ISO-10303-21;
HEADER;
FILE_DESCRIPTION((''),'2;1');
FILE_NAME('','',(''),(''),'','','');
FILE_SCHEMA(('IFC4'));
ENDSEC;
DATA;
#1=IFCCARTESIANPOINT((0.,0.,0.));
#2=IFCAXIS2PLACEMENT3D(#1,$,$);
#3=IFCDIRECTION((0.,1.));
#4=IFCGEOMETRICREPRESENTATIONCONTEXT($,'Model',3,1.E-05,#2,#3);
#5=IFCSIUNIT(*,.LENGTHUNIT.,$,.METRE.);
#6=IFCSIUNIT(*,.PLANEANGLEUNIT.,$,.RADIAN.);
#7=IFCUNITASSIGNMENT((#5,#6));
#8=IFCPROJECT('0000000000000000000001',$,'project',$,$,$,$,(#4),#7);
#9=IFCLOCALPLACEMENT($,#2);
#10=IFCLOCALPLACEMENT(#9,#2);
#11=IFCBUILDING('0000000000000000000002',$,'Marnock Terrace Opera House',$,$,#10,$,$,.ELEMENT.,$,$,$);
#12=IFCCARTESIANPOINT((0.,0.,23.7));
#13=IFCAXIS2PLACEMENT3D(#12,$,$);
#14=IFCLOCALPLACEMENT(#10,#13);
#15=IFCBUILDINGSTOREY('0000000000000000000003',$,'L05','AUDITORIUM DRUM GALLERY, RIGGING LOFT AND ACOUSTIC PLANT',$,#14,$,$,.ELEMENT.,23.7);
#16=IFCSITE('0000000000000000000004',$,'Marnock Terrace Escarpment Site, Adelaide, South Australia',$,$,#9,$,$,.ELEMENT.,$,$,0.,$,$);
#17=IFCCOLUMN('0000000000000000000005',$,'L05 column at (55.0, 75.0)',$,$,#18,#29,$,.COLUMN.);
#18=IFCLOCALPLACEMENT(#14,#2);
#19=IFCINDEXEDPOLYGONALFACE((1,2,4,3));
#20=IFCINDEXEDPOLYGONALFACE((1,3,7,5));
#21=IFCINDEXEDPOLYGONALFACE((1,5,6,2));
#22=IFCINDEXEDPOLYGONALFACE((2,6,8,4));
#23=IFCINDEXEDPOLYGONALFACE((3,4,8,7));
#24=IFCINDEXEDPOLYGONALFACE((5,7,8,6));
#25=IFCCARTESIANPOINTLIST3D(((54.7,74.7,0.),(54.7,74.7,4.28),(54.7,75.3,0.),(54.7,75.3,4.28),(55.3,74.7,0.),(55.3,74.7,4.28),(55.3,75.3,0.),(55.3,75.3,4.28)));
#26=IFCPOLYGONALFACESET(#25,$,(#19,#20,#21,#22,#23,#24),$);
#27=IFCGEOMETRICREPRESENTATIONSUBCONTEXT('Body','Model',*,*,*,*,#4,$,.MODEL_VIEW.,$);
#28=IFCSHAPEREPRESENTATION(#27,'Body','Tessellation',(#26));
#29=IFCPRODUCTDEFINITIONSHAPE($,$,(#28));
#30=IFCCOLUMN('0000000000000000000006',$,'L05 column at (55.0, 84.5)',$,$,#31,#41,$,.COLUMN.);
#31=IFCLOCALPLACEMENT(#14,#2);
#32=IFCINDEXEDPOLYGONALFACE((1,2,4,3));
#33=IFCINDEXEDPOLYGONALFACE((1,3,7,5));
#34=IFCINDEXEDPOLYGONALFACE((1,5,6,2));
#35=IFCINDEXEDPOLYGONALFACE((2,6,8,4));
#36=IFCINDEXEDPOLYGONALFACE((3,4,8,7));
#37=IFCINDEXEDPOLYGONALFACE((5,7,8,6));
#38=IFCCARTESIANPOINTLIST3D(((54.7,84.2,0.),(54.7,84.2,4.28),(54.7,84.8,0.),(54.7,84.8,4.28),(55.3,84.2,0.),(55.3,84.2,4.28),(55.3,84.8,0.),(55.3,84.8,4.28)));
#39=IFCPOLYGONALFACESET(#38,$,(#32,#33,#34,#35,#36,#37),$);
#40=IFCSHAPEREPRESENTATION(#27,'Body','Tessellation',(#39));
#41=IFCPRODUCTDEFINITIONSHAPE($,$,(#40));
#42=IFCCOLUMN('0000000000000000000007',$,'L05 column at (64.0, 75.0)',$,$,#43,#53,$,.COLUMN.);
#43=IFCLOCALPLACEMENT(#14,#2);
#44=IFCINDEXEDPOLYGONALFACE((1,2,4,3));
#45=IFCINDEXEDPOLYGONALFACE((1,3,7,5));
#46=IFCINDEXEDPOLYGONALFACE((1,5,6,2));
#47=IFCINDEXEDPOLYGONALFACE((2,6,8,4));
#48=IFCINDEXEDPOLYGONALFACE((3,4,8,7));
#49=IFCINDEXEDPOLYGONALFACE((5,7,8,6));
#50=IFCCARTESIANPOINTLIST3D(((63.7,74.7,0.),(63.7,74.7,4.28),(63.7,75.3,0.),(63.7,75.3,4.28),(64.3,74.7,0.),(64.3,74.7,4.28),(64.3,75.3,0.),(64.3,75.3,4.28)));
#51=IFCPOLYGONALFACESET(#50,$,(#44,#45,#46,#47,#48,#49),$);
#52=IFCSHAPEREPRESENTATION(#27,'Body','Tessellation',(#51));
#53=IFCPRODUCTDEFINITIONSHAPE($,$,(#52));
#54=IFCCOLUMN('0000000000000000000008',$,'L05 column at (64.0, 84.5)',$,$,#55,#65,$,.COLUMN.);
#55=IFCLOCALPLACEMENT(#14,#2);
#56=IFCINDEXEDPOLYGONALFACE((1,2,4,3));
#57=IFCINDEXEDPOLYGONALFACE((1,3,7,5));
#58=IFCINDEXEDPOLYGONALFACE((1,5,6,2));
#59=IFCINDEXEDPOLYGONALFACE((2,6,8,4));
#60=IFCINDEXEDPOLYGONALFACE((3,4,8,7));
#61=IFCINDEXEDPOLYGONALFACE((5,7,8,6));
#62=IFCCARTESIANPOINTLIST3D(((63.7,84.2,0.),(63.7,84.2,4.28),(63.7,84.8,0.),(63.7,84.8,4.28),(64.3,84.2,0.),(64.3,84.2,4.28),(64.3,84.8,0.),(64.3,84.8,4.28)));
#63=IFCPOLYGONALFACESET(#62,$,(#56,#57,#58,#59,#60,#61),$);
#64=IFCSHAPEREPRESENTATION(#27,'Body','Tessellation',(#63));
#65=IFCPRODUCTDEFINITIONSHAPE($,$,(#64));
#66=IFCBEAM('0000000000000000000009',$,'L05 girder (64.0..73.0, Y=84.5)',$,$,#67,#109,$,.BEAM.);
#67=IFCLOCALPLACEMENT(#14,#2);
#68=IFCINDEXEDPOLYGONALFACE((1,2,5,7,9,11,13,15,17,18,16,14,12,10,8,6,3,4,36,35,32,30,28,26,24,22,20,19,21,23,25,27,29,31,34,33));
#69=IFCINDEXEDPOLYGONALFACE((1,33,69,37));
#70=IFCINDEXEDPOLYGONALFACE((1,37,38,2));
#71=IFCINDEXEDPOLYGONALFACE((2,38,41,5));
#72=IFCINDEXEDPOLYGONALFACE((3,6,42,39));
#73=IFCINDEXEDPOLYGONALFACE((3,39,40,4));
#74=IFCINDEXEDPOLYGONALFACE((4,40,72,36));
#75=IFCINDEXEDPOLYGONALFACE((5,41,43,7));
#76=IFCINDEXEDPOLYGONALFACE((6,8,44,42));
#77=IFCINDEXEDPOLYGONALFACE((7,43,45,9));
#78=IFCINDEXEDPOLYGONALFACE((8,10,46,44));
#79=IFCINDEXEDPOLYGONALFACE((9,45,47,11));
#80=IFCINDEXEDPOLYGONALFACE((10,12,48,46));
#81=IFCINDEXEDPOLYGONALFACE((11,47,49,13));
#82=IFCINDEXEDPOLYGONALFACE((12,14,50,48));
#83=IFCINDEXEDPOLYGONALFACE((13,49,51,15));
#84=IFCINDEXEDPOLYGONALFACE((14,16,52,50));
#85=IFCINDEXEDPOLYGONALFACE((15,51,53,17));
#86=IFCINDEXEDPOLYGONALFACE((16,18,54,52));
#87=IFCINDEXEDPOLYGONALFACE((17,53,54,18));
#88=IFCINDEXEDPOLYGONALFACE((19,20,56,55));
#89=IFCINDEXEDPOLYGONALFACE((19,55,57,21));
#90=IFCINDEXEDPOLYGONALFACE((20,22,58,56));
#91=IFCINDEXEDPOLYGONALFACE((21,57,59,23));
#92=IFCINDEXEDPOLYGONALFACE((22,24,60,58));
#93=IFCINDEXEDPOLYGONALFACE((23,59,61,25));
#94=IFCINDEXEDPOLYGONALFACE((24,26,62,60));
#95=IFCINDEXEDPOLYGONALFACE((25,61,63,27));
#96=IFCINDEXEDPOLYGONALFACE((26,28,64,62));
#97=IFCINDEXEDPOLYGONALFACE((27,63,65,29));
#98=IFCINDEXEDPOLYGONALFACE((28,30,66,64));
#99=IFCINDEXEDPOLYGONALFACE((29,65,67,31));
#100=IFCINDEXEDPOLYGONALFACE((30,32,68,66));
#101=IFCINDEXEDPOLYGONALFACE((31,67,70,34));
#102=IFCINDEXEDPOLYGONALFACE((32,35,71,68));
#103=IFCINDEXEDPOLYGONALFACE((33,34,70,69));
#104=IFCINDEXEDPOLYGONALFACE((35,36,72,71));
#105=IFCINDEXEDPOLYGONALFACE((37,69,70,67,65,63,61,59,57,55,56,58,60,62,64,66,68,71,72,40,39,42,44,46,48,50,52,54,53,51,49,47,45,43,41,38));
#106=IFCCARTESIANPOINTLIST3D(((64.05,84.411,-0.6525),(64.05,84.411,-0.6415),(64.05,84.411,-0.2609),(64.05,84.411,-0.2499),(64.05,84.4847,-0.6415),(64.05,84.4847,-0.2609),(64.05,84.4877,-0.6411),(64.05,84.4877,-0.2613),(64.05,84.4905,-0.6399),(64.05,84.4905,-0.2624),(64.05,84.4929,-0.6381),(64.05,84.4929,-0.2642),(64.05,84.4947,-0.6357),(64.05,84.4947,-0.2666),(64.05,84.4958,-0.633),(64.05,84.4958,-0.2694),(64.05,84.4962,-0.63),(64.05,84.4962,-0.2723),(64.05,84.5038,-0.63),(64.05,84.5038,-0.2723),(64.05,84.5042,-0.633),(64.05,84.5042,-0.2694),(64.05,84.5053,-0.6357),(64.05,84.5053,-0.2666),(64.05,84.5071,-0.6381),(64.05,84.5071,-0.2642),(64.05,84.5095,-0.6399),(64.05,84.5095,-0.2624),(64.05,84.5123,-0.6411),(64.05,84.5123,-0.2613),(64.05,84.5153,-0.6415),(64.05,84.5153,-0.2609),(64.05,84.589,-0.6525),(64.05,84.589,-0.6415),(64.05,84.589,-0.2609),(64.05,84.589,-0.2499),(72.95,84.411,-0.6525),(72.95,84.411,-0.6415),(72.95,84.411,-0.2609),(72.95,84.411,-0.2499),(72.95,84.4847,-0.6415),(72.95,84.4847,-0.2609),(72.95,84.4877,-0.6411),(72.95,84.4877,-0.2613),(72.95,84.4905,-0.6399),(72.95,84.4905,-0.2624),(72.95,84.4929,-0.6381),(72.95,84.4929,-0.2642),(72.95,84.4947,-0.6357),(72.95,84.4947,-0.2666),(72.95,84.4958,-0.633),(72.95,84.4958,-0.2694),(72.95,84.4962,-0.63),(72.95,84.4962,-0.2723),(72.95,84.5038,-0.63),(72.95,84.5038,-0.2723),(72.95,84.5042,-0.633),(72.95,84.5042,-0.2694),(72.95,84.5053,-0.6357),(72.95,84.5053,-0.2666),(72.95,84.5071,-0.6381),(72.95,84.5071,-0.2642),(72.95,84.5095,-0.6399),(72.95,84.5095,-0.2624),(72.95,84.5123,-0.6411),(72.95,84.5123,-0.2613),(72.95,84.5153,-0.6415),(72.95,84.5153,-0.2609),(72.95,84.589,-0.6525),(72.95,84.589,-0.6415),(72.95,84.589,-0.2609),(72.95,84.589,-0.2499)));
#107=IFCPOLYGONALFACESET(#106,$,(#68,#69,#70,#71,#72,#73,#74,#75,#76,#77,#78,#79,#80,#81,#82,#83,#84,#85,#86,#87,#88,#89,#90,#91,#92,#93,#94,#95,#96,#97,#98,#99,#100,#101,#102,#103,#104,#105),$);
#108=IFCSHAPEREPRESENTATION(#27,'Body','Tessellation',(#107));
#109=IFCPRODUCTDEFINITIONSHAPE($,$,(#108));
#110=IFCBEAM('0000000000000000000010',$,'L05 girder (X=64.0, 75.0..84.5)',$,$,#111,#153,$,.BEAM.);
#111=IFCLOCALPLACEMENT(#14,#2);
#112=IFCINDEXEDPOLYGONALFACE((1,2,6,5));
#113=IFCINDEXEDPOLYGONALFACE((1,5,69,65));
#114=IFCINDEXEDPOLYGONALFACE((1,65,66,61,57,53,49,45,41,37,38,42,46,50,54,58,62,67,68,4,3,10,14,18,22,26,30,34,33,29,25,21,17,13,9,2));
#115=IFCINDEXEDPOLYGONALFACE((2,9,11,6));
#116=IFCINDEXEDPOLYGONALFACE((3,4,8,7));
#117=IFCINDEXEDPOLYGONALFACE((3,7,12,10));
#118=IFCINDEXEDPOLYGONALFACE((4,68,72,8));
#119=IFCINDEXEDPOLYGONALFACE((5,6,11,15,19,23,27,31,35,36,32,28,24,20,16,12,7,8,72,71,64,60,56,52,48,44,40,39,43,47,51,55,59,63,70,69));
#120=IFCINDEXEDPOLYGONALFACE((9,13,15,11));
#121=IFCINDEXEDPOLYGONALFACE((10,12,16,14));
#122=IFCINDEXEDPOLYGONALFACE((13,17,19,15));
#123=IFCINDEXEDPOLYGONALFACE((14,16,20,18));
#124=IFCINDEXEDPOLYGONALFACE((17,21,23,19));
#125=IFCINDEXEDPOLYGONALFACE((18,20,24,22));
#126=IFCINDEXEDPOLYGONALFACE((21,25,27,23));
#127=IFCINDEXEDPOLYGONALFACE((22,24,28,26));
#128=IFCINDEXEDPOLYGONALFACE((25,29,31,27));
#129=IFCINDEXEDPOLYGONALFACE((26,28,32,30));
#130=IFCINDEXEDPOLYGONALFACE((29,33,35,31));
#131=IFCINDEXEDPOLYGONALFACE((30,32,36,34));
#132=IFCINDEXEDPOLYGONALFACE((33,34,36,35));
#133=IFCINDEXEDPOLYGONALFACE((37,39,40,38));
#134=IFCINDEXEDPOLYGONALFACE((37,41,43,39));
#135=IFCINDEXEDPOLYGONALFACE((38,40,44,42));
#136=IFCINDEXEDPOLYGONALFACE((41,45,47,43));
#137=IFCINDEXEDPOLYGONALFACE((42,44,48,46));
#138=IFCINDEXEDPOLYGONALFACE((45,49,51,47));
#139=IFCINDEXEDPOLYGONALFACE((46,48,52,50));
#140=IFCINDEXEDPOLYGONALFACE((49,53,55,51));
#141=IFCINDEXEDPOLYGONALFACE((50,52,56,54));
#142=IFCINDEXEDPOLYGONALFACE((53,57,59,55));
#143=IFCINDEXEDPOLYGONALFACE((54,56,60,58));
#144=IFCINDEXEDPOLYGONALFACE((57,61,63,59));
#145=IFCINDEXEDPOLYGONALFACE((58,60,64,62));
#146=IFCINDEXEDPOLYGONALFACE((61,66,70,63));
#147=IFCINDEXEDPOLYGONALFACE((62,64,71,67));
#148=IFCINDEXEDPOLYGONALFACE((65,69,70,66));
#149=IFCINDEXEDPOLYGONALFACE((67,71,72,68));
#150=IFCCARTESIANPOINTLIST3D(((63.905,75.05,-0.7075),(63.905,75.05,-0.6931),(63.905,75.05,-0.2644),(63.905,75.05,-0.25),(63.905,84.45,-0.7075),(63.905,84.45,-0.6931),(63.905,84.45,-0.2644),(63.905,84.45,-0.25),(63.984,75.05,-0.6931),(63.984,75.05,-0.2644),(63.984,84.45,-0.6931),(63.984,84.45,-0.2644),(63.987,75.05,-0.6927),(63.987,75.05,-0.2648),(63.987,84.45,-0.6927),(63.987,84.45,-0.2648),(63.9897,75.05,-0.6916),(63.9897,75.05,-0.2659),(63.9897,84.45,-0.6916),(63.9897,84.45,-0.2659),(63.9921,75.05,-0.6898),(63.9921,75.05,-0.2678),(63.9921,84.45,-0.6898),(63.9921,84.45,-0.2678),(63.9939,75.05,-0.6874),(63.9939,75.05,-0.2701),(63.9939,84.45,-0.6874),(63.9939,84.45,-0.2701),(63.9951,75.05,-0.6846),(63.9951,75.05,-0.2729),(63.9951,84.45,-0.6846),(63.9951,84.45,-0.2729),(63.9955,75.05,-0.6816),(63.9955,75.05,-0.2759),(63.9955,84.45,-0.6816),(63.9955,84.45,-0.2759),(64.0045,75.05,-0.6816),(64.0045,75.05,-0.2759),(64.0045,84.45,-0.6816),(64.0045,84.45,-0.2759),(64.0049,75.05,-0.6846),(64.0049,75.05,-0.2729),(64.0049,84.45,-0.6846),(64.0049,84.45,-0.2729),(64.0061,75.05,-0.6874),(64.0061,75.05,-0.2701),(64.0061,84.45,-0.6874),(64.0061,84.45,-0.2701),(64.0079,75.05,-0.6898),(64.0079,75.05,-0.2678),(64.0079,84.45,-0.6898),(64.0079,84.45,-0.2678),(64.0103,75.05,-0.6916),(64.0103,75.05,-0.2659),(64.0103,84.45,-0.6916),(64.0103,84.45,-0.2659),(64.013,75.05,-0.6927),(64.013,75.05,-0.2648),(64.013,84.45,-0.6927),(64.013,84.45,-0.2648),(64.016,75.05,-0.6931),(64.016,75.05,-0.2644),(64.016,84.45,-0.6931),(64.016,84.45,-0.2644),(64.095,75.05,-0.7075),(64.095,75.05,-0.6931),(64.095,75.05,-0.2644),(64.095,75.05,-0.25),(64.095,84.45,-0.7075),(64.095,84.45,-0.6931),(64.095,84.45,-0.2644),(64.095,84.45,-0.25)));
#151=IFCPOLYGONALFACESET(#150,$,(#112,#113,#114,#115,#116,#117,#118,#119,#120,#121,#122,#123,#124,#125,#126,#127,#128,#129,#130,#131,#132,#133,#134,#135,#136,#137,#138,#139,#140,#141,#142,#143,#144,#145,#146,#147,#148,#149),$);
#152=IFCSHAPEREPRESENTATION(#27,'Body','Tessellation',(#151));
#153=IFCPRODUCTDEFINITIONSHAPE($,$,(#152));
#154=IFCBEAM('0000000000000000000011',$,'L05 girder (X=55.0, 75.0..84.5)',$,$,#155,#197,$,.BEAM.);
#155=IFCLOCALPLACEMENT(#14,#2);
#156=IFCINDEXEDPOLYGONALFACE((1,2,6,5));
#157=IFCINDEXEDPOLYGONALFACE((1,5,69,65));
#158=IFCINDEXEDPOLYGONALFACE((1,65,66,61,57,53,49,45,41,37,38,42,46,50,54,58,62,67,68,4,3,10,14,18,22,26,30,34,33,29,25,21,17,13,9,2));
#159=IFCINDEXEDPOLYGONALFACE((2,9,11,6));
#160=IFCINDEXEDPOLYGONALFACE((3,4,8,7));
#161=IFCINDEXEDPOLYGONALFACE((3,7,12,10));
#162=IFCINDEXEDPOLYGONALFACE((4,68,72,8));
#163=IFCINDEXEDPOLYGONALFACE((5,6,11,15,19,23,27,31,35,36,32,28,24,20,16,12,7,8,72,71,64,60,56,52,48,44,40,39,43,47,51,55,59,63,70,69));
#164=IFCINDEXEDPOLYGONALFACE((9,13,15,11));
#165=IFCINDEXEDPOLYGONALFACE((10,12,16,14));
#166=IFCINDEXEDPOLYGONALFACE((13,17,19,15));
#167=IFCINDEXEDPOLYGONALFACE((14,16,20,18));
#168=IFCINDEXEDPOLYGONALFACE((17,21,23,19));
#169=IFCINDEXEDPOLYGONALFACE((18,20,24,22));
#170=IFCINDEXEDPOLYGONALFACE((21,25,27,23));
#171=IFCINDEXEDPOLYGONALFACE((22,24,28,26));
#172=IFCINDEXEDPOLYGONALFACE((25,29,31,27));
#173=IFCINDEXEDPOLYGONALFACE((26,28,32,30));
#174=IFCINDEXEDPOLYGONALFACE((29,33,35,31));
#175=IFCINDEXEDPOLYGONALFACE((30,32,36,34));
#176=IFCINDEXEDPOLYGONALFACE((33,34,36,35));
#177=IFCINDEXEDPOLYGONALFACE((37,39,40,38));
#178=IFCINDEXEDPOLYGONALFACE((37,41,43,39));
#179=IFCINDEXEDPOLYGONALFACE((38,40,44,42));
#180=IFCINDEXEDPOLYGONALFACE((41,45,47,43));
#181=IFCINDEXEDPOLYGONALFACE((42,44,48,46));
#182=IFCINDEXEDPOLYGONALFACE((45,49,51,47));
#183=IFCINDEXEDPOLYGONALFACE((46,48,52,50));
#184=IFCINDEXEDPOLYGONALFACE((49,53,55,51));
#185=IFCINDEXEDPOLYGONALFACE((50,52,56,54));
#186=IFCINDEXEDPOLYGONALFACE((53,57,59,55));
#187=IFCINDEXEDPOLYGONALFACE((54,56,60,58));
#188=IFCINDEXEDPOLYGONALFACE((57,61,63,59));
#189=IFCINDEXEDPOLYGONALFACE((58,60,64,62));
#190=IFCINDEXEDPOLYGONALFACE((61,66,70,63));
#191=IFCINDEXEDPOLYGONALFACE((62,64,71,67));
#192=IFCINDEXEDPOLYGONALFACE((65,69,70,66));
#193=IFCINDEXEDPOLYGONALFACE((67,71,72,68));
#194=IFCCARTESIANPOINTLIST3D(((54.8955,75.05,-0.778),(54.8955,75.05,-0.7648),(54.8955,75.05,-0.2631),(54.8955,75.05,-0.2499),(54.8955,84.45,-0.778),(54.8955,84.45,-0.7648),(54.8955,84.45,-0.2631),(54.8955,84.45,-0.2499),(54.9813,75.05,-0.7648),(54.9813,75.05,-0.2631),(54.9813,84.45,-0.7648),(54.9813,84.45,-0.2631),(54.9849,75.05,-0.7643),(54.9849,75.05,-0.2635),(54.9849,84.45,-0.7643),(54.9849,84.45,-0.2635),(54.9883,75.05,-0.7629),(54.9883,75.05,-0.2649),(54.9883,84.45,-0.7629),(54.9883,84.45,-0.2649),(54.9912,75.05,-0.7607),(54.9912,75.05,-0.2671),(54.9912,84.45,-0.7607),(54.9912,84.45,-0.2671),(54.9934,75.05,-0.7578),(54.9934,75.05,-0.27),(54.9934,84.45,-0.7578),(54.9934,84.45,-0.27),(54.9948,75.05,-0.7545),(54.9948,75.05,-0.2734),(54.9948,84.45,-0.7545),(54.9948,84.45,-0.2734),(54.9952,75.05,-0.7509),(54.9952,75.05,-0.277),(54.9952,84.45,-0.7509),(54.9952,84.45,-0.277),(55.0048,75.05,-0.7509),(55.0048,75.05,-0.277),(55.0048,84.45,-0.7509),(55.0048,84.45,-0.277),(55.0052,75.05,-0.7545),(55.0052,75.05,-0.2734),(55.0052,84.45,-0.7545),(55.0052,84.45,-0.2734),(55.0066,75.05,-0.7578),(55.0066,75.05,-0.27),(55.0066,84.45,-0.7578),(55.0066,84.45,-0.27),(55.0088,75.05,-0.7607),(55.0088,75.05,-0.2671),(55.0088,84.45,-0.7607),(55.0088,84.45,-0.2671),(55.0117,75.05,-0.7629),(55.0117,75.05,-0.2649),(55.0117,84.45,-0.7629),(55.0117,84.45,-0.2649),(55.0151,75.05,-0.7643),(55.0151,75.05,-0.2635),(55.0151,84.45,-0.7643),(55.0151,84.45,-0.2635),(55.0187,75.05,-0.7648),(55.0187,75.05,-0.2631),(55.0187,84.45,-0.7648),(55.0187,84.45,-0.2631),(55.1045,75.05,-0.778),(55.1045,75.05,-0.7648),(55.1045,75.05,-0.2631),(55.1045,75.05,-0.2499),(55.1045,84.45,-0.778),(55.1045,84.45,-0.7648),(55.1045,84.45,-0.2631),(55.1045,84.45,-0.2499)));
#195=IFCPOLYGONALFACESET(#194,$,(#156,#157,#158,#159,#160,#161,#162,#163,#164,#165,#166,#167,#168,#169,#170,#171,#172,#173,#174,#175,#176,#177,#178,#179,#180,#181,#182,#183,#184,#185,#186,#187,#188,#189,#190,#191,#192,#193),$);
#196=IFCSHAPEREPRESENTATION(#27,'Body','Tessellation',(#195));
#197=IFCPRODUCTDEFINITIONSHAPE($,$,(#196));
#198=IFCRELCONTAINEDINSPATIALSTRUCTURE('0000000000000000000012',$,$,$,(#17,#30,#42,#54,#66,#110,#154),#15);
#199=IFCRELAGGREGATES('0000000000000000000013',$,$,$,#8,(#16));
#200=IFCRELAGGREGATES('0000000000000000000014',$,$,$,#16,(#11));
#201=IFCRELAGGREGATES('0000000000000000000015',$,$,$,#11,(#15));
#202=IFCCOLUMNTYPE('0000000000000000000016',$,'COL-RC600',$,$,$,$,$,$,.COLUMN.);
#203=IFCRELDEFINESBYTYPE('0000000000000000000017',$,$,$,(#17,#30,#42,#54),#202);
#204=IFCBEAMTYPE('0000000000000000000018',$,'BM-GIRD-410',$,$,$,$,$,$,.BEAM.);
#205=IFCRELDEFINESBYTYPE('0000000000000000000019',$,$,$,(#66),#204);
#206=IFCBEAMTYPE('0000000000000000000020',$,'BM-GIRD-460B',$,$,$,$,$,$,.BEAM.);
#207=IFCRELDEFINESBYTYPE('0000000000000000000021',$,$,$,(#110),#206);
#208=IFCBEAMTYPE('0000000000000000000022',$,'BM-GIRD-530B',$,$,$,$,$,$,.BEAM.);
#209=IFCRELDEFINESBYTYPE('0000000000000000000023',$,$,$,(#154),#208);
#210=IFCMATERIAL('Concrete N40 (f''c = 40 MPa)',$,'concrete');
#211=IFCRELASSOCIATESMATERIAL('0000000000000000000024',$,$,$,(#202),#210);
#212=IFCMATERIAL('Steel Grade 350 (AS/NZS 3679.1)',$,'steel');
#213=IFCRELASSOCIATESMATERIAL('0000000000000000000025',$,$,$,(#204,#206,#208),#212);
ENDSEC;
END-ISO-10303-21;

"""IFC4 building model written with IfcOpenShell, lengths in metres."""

from ifc_helpers import new_model, si_unit, direction, frame, origin, origin_2d, place, context, subcontext, project, spatial, rectangle, i_section, extrude, material, material_profile, profile_set, type_object, element, save


model = new_model("IFC4")

# Units and contexts
model_context = context("Model", 3, precision=1e-05, world=origin(), true_north=direction((0.0, 1.0)))
body_context = subcontext(model_context, "Body", "Model", "MODEL_VIEW")
ifc_project = project(units=[si_unit("LENGTHUNIT", "METRE"), si_unit("PLANEANGLEUNIT", "RADIAN")], contexts=[model_context])

# Site, building, storey
site_placement = place(None, origin())
site = spatial("IfcSite", under=ifc_project, at=site_placement, Name="Marnock Terrace Escarpment Site, Adelaide, South Australia", CompositionType="ELEMENT", RefElevation=0.0)
building_placement = place(site_placement, origin())
building = spatial("IfcBuilding", under=site, at=building_placement, Name="Marnock Terrace Opera House", CompositionType="ELEMENT")
storey_placement = place(building_placement, frame((0.0, 0.0, 23.7)))
storey = spatial("IfcBuildingStorey", under=building, at=storey_placement, Name="L05", Description="AUDITORIUM DRUM GALLERY, RIGGING LOFT AND ACOUSTIC PLANT", CompositionType="ELEMENT", Elevation=23.7)

# Columns
ifc_material_1 = material(Name="Concrete N40 (f'c = 40 MPa)", Category="concrete")
ifc_material_profile_1 = material_profile(ifc_material_1, rectangle(XDim=0.6001, YDim=0.6001, at=origin_2d()))
ifc_profile_set_1 = profile_set([ifc_material_profile_1], Name="Concrete N40 (f'c = 40 MPa)")
column_type = type_object("IfcColumnType", Name="COL-RC600", PredefinedType="COLUMN", material=ifc_profile_set_1)
for number, where, z_axis, x_axis, name in (
    (1, (55.0, 75.0, 0.0), (0.0, 0.0, 1.0), (1.0, 0.0, 0.0), "L05 column at (55.0, 75.0)"),
    (2, (55.0, 84.5, 0.0), (0.0, 0.0, 1.0), (1.0, 0.0, 0.0), "L05 column at (55.0, 84.5)"),
    (3, (64.0, 75.0, 0.0), (0.0, 0.0, 1.0), (1.0, 0.0, 0.0), "L05 column at (64.0, 75.0)"),
    (4, (64.0, 84.5, 0.0), (0.0, 0.0, 1.0), (1.0, 0.0, 0.0), "L05 column at (64.0, 84.5)"),
):
    element("IfcColumn", number, at=place(storey_placement, frame(where, z_axis=z_axis, x_axis=x_axis)), inside=storey, type_object=column_type, Name=name, PredefinedType="COLUMN", context=body_context, shape_type="SweptSolid", body=[
        extrude(rectangle(XDim=0.6001, YDim=0.6001, at=origin_2d()), origin(), (0.0, 0.0, 1.0), 4.28),
    ])

# Beams
ifc_material_2 = material(Name="Steel Grade 350 (AS/NZS 3679.1)", Category="steel")
ifc_material_profile_2 = material_profile(ifc_material_2, i_section(OverallWidth=0.178, OverallDepth=0.4026, WebThickness=0.0076, FlangeThickness=0.011, FilletRadius=0.0115, at=origin_2d()))
ifc_profile_set_2 = profile_set([ifc_material_profile_2], Name="Steel Grade 350 (AS/NZS 3679.1)")
beam_type_1 = type_object("IfcBeamType", Name="BM-GIRD-410", PredefinedType="BEAM", material=ifc_profile_set_2)
beam_1_placement = place(storey_placement, frame((64.05, 84.5, -0.4512), z_axis=(1.0, 0.0, 0.0), x_axis=(0.0, 1.0, 0.0)))
element("IfcBeam", 5, at=beam_1_placement, inside=storey, type_object=beam_type_1, Name="L05 girder (64.0..73.0, Y=84.5)", PredefinedType="BEAM", context=body_context, shape_type="SweptSolid", body=[
    extrude(i_section(OverallWidth=0.178, OverallDepth=0.4026, WebThickness=0.0076, FlangeThickness=0.011, FilletRadius=0.0115, at=origin_2d()), origin(), (0.0, 0.0, 1.0), 8.8999),
])
ifc_material_profile_3 = material_profile(ifc_material_2, i_section(OverallWidth=0.1899, OverallDepth=0.4575, WebThickness=0.009, FlangeThickness=0.0144, FilletRadius=0.0115, at=origin_2d()))
ifc_profile_set_3 = profile_set([ifc_material_profile_3], Name="Steel Grade 350 (AS/NZS 3679.1)")
beam_type_2 = type_object("IfcBeamType", Name="BM-GIRD-460B", PredefinedType="BEAM", material=ifc_profile_set_3)
beam_2_placement = place(storey_placement, frame((64.0, 75.05, -0.4788), z_axis=(0.0, 1.0, 0.0), x_axis=(-1.0, 0.0, 0.0)))
element("IfcBeam", 6, at=beam_2_placement, inside=storey, type_object=beam_type_2, Name="L05 girder (X=64.0, 75.0..84.5)", PredefinedType="BEAM", context=body_context, shape_type="SweptSolid", body=[
    extrude(i_section(OverallWidth=0.1899, OverallDepth=0.4575, WebThickness=0.009, FlangeThickness=0.0144, FilletRadius=0.0115, at=origin_2d()), origin(), (0.0, 0.0, 1.0), 9.3999),
])
ifc_material_profile_4 = material_profile(ifc_material_2, i_section(OverallWidth=0.209, OverallDepth=0.5281, WebThickness=0.0095, FlangeThickness=0.0132, FilletRadius=0.0139, at=origin_2d()))
ifc_profile_set_4 = profile_set([ifc_material_profile_4], Name="Steel Grade 350 (AS/NZS 3679.1)")
beam_type_3 = type_object("IfcBeamType", Name="BM-GIRD-530B", PredefinedType="BEAM", material=ifc_profile_set_4)
beam_3_placement = place(storey_placement, frame((55.0, 75.05, -0.5139), z_axis=(0.0, 1.0, 0.0), x_axis=(-1.0, 0.0, 0.0)))
element("IfcBeam", 7, at=beam_3_placement, inside=storey, type_object=beam_type_3, Name="L05 girder (X=55.0, 75.0..84.5)", PredefinedType="BEAM", context=body_context, shape_type="SweptSolid", body=[
    extrude(i_section(OverallWidth=0.209, OverallDepth=0.5281, WebThickness=0.0095, FlangeThickness=0.0132, FilletRadius=0.0139, at=origin_2d()), origin(), (0.0, 0.0, 1.0), 9.3999),
])

save(model, "model.ifc")
